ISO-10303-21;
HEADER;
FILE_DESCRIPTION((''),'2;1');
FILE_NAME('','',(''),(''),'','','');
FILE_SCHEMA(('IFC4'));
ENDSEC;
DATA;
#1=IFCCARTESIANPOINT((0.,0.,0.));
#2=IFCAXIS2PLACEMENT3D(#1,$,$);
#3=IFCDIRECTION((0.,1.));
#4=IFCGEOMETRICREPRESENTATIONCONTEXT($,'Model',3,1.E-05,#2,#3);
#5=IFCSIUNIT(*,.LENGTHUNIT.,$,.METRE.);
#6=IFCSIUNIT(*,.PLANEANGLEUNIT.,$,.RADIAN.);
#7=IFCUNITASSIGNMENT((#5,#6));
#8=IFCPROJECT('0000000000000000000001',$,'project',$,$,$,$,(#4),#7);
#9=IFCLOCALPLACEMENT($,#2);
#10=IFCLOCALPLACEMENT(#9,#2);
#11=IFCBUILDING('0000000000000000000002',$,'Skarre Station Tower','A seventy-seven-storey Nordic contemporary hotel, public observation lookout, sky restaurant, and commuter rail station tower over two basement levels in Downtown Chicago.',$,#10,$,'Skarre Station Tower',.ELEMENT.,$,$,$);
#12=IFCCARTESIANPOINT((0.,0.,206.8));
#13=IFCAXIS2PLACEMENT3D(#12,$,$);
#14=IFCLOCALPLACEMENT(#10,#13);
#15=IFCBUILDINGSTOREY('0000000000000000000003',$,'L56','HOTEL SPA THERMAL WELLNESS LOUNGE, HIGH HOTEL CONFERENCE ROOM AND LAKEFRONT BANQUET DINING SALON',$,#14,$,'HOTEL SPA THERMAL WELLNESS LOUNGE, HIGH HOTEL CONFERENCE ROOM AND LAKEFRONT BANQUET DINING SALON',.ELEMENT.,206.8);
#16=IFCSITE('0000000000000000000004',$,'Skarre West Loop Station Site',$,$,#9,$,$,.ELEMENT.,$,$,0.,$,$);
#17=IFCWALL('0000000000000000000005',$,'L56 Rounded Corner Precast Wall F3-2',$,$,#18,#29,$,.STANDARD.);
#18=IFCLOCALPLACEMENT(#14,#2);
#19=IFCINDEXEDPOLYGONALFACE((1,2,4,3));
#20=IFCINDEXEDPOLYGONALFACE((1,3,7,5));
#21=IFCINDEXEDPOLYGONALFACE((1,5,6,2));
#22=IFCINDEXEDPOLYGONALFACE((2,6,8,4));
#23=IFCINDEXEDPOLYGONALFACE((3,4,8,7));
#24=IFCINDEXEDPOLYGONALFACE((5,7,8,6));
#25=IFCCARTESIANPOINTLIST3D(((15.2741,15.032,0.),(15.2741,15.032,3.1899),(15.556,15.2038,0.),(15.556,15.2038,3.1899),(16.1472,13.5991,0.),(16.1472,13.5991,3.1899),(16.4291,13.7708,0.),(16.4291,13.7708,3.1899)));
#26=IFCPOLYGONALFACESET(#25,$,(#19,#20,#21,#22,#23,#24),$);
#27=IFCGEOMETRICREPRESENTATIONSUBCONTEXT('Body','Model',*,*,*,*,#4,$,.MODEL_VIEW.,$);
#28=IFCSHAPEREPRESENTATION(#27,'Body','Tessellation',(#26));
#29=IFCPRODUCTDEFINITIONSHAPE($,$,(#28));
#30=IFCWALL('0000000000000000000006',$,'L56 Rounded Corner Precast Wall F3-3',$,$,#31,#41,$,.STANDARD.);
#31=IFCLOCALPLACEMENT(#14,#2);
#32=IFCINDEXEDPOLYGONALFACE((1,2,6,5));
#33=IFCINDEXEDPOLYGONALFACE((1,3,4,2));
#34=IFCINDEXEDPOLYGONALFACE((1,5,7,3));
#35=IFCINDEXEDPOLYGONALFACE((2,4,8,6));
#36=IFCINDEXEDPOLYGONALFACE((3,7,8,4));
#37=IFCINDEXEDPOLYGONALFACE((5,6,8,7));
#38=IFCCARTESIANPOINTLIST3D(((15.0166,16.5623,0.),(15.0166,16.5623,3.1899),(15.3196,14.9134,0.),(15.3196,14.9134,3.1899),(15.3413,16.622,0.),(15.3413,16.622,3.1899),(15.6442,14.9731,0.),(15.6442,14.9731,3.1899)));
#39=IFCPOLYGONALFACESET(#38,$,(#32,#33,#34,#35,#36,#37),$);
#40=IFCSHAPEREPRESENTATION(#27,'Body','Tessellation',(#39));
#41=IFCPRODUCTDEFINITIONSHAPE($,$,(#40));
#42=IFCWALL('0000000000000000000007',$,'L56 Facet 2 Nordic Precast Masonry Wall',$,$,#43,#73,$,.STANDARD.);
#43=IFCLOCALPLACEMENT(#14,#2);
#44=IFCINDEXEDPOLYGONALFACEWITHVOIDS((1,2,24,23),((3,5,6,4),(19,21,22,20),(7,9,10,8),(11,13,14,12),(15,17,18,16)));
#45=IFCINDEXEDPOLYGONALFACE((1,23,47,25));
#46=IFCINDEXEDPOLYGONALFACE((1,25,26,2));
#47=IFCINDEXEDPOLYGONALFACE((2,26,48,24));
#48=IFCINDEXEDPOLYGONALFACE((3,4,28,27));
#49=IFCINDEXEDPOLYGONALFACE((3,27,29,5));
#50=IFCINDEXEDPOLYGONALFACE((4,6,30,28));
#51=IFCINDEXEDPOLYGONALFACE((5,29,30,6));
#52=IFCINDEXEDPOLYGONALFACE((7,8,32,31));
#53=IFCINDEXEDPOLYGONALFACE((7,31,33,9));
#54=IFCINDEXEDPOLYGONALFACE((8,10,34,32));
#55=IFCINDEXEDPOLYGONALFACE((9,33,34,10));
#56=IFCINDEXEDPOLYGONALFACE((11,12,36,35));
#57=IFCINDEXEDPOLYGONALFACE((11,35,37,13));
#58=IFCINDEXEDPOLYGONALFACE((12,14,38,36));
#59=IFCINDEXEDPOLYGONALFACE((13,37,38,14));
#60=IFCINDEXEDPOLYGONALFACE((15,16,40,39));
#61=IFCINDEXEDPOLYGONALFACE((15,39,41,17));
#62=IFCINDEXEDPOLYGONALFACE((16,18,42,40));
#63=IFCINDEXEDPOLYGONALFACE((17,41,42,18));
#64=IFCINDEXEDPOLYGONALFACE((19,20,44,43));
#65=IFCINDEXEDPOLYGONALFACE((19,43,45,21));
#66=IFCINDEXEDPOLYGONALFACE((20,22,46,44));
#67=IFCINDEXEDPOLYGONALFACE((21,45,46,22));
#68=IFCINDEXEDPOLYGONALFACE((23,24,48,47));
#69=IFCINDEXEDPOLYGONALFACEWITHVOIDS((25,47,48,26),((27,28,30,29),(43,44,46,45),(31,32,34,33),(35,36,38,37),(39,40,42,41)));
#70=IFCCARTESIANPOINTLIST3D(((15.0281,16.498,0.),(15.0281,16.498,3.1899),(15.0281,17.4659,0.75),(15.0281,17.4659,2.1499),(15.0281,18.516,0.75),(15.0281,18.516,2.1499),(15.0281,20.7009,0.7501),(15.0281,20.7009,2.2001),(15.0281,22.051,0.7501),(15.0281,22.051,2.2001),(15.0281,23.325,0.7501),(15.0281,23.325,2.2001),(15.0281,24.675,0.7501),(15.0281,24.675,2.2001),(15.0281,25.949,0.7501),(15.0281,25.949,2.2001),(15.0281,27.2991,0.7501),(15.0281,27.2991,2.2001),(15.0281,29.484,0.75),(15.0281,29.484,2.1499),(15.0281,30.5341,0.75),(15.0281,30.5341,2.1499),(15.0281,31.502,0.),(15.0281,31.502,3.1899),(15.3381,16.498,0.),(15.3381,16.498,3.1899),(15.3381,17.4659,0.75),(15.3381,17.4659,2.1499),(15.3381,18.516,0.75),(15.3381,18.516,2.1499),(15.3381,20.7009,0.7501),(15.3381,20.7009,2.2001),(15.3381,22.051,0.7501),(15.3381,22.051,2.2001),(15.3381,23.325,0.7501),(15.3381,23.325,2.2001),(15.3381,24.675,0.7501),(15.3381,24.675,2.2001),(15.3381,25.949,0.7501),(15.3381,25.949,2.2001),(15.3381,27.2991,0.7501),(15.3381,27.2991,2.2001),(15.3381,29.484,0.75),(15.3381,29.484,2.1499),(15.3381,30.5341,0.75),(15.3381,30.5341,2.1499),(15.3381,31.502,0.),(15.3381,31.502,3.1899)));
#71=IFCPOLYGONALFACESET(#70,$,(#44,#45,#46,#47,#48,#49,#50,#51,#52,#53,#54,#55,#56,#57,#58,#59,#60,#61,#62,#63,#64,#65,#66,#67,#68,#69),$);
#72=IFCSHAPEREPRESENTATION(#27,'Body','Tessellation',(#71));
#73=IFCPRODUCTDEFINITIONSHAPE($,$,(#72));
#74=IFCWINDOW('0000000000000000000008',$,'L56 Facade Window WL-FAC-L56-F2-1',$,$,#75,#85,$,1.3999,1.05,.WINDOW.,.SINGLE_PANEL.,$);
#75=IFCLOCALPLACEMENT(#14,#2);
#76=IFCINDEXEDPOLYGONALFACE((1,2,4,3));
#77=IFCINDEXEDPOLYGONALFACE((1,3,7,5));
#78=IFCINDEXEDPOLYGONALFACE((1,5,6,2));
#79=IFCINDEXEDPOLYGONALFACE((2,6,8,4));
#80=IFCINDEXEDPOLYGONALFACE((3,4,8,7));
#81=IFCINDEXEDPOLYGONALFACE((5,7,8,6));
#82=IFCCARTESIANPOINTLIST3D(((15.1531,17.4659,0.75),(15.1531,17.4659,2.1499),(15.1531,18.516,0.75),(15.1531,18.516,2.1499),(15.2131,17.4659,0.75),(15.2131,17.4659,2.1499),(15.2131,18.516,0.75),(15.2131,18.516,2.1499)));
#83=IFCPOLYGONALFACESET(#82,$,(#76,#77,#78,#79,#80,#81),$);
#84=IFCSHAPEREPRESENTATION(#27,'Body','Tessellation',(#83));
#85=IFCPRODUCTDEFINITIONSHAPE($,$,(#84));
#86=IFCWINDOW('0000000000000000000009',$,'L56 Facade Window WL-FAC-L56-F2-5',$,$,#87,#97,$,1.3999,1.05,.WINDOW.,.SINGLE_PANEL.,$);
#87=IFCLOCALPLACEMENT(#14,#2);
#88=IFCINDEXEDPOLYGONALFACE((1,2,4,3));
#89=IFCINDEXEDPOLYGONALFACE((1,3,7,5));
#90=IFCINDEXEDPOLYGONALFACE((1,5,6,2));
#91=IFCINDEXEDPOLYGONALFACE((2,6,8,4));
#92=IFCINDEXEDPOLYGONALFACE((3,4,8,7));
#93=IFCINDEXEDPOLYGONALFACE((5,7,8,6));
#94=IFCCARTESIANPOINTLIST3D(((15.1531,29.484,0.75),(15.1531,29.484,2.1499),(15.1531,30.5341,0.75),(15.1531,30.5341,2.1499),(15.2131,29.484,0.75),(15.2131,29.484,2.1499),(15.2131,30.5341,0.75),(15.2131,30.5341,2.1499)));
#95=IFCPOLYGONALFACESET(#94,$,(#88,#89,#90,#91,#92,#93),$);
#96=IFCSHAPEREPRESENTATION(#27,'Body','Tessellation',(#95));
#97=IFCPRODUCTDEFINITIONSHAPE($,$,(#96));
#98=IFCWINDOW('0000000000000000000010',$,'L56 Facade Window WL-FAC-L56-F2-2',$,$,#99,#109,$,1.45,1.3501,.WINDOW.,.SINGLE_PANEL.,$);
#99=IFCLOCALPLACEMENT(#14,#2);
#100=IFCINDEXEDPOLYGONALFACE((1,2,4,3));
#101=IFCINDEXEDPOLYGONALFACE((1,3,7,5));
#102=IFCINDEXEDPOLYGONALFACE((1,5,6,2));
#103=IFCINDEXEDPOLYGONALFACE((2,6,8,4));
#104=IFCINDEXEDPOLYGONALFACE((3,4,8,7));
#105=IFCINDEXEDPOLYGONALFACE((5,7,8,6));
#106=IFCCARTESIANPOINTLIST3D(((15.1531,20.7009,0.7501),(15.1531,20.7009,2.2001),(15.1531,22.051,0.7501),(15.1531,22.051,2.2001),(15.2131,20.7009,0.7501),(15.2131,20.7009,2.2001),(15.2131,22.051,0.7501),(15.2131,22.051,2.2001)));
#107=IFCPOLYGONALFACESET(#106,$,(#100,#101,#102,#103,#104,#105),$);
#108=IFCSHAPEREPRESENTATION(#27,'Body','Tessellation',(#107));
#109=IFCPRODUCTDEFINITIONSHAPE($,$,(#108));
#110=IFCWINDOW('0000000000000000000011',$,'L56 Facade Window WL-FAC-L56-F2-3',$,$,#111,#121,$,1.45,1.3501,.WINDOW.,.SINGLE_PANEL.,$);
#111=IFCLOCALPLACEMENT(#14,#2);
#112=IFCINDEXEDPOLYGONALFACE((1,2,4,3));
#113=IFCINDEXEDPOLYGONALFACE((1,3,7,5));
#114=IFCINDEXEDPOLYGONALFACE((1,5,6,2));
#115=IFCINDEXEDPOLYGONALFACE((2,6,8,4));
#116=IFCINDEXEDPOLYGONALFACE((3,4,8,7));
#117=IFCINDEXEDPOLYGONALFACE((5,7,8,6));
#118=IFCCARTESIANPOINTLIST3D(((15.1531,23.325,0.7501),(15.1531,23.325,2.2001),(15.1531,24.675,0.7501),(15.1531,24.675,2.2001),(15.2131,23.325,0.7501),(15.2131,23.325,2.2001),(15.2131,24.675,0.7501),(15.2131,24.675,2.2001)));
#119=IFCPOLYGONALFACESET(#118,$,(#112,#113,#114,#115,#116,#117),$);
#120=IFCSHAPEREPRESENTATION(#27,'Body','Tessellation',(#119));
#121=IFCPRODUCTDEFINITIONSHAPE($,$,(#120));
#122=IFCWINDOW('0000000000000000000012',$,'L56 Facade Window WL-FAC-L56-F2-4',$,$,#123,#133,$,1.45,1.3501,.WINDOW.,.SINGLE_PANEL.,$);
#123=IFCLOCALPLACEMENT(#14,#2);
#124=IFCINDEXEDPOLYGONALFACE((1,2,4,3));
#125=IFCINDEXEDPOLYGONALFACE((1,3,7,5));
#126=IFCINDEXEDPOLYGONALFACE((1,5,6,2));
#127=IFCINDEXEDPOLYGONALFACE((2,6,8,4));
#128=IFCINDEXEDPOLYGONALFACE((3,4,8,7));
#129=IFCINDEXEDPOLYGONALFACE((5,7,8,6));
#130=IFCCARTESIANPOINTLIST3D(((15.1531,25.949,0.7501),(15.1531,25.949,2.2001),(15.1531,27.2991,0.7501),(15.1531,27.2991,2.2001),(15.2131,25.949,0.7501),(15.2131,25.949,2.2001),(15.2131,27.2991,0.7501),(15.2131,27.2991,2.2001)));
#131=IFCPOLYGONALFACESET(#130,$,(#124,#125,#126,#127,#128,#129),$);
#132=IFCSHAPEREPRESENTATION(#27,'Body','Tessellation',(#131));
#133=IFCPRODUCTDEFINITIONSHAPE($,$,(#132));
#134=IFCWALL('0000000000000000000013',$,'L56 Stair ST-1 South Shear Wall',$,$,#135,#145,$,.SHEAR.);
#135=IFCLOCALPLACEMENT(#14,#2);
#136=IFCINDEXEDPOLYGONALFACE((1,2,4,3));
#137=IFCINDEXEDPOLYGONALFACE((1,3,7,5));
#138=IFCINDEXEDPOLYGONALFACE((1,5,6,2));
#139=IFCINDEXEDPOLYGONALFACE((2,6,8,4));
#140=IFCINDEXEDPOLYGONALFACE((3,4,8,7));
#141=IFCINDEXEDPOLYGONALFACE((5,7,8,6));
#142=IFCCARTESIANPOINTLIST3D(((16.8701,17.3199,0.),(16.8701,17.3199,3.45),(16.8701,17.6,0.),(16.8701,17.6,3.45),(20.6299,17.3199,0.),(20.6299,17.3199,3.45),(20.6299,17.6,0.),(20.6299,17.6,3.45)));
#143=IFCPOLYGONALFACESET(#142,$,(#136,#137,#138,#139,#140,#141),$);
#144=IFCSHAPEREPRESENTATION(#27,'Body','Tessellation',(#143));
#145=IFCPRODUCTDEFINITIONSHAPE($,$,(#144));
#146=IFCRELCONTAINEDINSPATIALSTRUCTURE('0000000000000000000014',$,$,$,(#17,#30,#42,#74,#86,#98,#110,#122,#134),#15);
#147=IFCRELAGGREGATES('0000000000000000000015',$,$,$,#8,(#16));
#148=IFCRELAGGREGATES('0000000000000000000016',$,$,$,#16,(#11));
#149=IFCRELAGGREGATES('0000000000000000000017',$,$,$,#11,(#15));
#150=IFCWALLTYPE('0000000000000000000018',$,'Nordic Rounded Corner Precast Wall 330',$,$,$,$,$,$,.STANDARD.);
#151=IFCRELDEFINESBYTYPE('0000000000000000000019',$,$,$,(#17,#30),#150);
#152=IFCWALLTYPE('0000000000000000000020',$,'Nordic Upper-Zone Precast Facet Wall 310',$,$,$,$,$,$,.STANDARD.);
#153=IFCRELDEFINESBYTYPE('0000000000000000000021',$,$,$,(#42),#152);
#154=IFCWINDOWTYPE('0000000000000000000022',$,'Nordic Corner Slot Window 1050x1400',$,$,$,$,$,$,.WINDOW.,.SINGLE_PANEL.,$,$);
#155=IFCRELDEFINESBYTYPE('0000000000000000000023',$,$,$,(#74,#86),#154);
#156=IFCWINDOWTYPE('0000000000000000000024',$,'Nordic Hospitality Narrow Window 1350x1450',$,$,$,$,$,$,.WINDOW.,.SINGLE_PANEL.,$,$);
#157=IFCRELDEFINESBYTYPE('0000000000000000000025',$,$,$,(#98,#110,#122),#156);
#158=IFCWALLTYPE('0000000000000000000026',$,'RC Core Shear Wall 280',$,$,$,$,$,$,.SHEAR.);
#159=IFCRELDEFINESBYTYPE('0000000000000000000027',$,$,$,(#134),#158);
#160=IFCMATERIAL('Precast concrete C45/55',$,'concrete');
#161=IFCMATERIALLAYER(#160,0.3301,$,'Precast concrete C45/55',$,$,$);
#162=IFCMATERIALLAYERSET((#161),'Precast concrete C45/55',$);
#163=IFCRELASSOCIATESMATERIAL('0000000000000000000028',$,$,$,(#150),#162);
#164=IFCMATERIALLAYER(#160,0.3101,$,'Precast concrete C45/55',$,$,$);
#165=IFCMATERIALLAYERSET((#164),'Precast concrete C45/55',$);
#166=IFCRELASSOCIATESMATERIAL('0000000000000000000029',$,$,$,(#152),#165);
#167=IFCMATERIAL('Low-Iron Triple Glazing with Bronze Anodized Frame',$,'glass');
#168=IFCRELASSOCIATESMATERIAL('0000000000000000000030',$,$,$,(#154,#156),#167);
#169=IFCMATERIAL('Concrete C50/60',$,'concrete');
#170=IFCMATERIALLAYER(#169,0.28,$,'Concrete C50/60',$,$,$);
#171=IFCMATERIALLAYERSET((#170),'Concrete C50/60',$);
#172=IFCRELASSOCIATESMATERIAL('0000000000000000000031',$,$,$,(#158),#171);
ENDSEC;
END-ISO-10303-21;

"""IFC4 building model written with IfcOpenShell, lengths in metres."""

from ifc_helpers import new_model, si_unit, direction, frame, frame_2d, origin, place, context, subcontext, project, spatial, rectangle, extrude, material, layer, layer_set, type_object, element, fill, save


model = new_model("IFC4")

# Units and contexts
model_context = context("Model", 3, precision=1e-05, world=origin(), true_north=direction((0.0, 1.0)))
body_context = subcontext(model_context, "Body", "Model", "MODEL_VIEW")
ifc_project = project(units=[si_unit("LENGTHUNIT", "METRE"), si_unit("PLANEANGLEUNIT", "RADIAN")], contexts=[model_context])

# Site, building, storey
site_placement = place(None, origin())
site = spatial("IfcSite", under=ifc_project, at=site_placement, Name="Skarre West Loop Station Site", CompositionType="ELEMENT", RefElevation=0.0)
building_placement = place(site_placement, origin())
building = spatial("IfcBuilding", under=site, at=building_placement, Name="Skarre Station Tower", Description="A seventy-seven-storey Nordic contemporary hotel, public observation lookout, sky restaurant, and commuter rail station tower over two basement levels in Downtown Chicago.", LongName="Skarre Station Tower", CompositionType="ELEMENT")
storey_placement = place(building_placement, frame((0.0, 0.0, 206.8)))
storey = spatial("IfcBuildingStorey", under=building, at=storey_placement, Name="L56", Description="HOTEL SPA THERMAL WELLNESS LOUNGE, HIGH HOTEL CONFERENCE ROOM AND LAKEFRONT BANQUET DINING SALON", LongName="HOTEL SPA THERMAL WELLNESS LOUNGE, HIGH HOTEL CONFERENCE ROOM AND LAKEFRONT BANQUET DINING SALON", CompositionType="ELEMENT", Elevation=206.8)

# Shared definitions
ifc_material_1 = material(Name="Concrete C50/60", Category="concrete")

# Walls
ifc_material_2 = material(Name="Precast concrete C45/55", Category="concrete")
ifc_layer_1 = layer(ifc_material_2, 0.3301, Name="Precast concrete C45/55")
ifc_layer_set_1 = layer_set([ifc_layer_1], Name="Precast concrete C45/55")
wall_type_1 = type_object("IfcWallType", Name="Nordic Rounded Corner Precast Wall 330", PredefinedType="STANDARD", material=ifc_layer_set_1)
wall_1_placement = place(storey_placement, frame((16.2881, 13.6851, 0.0), z_axis=(0.0, 0.0, 1.0), x_axis=(-0.520325, 0.853968, 0.0)))
element("IfcWall", 1, at=wall_1_placement, inside=storey, type_object=wall_type_1, Name="L56 Rounded Corner Precast Wall F3-2", PredefinedType="STANDARD", context=body_context, shape_type="SweptSolid", body=[
    extrude(rectangle(XDim=1.678, YDim=0.3301, at=frame_2d((0.8389, 0.0))), origin(), (0.0, 0.0, 1.0), 3.1899),
])
wall_2_placement = place(storey_placement, frame((15.4819, 14.9431, 0.0), z_axis=(0.0, 0.0, 1.0), x_axis=(-0.180718, 0.983535, 0.0)))
element("IfcWall", 2, at=wall_2_placement, inside=storey, type_object=wall_type_1, Name="L56 Rounded Corner Precast Wall F3-3", PredefinedType="STANDARD", context=body_context, shape_type="SweptSolid", body=[
    extrude(rectangle(XDim=1.6765, YDim=0.3301, at=frame_2d((0.8384, 0.0))), origin(), (0.0, 0.0, 1.0), 3.1899),
])

# Wall, openings, windows
ifc_layer_2 = layer(ifc_material_2, 0.3101, Name="Precast concrete C45/55")
ifc_layer_set_2 = layer_set([ifc_layer_2], Name="Precast concrete C45/55")
wall_type_2 = type_object("IfcWallType", Name="Nordic Upper-Zone Precast Facet Wall 310", PredefinedType="STANDARD", material=ifc_layer_set_2)
wall_3_placement = place(storey_placement, frame((15.1831, 16.498, 0.0), z_axis=(0.0, 0.0, 1.0), x_axis=(0.0, 1.0, 0.0)))
wall_3 = element("IfcWall", 3, at=wall_3_placement, inside=storey, type_object=wall_type_2, Name="L56 Facet 2 Nordic Precast Masonry Wall", PredefinedType="STANDARD", context=body_context, shape_type="SweptSolid", body=[
    extrude(rectangle(XDim=15.0039, YDim=0.3101, at=frame_2d((7.502, 0.0))), origin(), (0.0, 0.0, 1.0), 3.1899),
])
opening_1_placement = place(wall_3_placement, frame((0.968, 0.0, 0.75)))
opening_1 = element("IfcOpeningElement", 4, at=opening_1_placement, cuts=wall_3, PredefinedType="OPENING", context=body_context, shape_type="SweptSolid", body=[
    extrude(rectangle(XDim=1.05, YDim=1.3999, at=frame_2d((0.5249, 0.7))), frame((0.0, 0.165, 0.0), z_axis=(0.0, -1.0, 0.0), x_axis=(1.0, 0.0, 0.0)), (0.0, 0.0, 1.0), 0.3301),
])
opening_2_placement = place(wall_3_placement, frame((4.2029, 0.0, 0.75)))
opening_2 = element("IfcOpeningElement", 5, at=opening_2_placement, cuts=wall_3, PredefinedType="OPENING", context=body_context, shape_type="SweptSolid", body=[
    extrude(rectangle(XDim=1.3501, YDim=1.45, at=frame_2d((0.675, 0.7251))), frame((0.0, 0.165, 0.0), z_axis=(0.0, -1.0, 0.0), x_axis=(1.0, 0.0, 0.0)), (0.0, 0.0, 1.0), 0.3301),
])
opening_3_placement = place(wall_3_placement, frame((6.8269, 0.0, 0.75)))
opening_3 = element("IfcOpeningElement", 6, at=opening_3_placement, cuts=wall_3, PredefinedType="OPENING", context=body_context, shape_type="SweptSolid", body=[
    extrude(rectangle(XDim=1.3501, YDim=1.45, at=frame_2d((0.675, 0.7251))), frame((0.0, 0.165, 0.0), z_axis=(0.0, -1.0, 0.0), x_axis=(1.0, 0.0, 0.0)), (0.0, 0.0, 1.0), 0.3301),
])
opening_4_placement = place(wall_3_placement, frame((9.4509, 0.0, 0.75)))
opening_4 = element("IfcOpeningElement", 7, at=opening_4_placement, cuts=wall_3, PredefinedType="OPENING", context=body_context, shape_type="SweptSolid", body=[
    extrude(rectangle(XDim=1.3501, YDim=1.45, at=frame_2d((0.675, 0.7251))), frame((0.0, 0.165, 0.0), z_axis=(0.0, -1.0, 0.0), x_axis=(1.0, 0.0, 0.0)), (0.0, 0.0, 1.0), 0.3301),
])
opening_5_placement = place(wall_3_placement, frame((12.9861, 0.0, 0.75)))
opening_5 = element("IfcOpeningElement", 8, at=opening_5_placement, cuts=wall_3, PredefinedType="OPENING", context=body_context, shape_type="SweptSolid", body=[
    extrude(rectangle(XDim=1.05, YDim=1.3999, at=frame_2d((0.5249, 0.7))), frame((0.0, 0.165, 0.0), z_axis=(0.0, -1.0, 0.0), x_axis=(1.0, 0.0, 0.0)), (0.0, 0.0, 1.0), 0.3301),
])
ifc_material_3 = material(Name="Low-Iron Triple Glazing with Bronze Anodized Frame", Category="glass")
window_type_1 = type_object("IfcWindowType", Name="Nordic Corner Slot Window 1050x1400", PartitioningType="SINGLE_PANEL", PredefinedType="WINDOW", material=ifc_material_3)
window_1_placement = place(opening_1_placement, origin())
window_1 = element("IfcWindow", 9, at=window_1_placement, inside=storey, type_object=window_type_1, Name="L56 Facade Window WL-FAC-L56-F2-1", OverallHeight=1.3999, OverallWidth=1.05, PartitioningType="SINGLE_PANEL", PredefinedType="WINDOW", context=body_context, shape_type="SweptSolid", body=[
    extrude(rectangle(XDim=1.05, YDim=1.3999, at=frame_2d((0.5249, 0.7))), frame((0.0, 0.03, 0.0), z_axis=(0.0, -1.0, 0.0), x_axis=(1.0, 0.0, 0.0)), (0.0, 0.0, 1.0), 0.0601),
])
fill(opening_1, window_1)
window_2_placement = place(opening_5_placement, origin())
window_2 = element("IfcWindow", 10, at=window_2_placement, inside=storey, type_object=window_type_1, Name="L56 Facade Window WL-FAC-L56-F2-5", OverallHeight=1.3999, OverallWidth=1.05, PartitioningType="SINGLE_PANEL", PredefinedType="WINDOW", context=body_context, shape_type="SweptSolid", body=[
    extrude(rectangle(XDim=1.05, YDim=1.3999, at=frame_2d((0.5249, 0.7))), frame((0.0, 0.03, 0.0), z_axis=(0.0, -1.0, 0.0), x_axis=(1.0, 0.0, 0.0)), (0.0, 0.0, 1.0), 0.0601),
])
fill(opening_5, window_2)
window_type_2 = type_object("IfcWindowType", Name="Nordic Hospitality Narrow Window 1350x1450", PartitioningType="SINGLE_PANEL", PredefinedType="WINDOW", material=ifc_material_3)
window_3_placement = place(opening_2_placement, origin())
window_3 = element("IfcWindow", 11, at=window_3_placement, inside=storey, type_object=window_type_2, Name="L56 Facade Window WL-FAC-L56-F2-2", OverallHeight=1.45, OverallWidth=1.3501, PartitioningType="SINGLE_PANEL", PredefinedType="WINDOW", context=body_context, shape_type="SweptSolid", body=[
    extrude(rectangle(XDim=1.3501, YDim=1.45, at=frame_2d((0.675, 0.7251))), frame((0.0, 0.03, 0.0), z_axis=(0.0, -1.0, 0.0), x_axis=(1.0, 0.0, 0.0)), (0.0, 0.0, 1.0), 0.0601),
])
fill(opening_2, window_3)
window_4_placement = place(opening_3_placement, origin())
window_4 = element("IfcWindow", 12, at=window_4_placement, inside=storey, type_object=window_type_2, Name="L56 Facade Window WL-FAC-L56-F2-3", OverallHeight=1.45, OverallWidth=1.3501, PartitioningType="SINGLE_PANEL", PredefinedType="WINDOW", context=body_context, shape_type="SweptSolid", body=[
    extrude(rectangle(XDim=1.3501, YDim=1.45, at=frame_2d((0.675, 0.7251))), frame((0.0, 0.03, 0.0), z_axis=(0.0, -1.0, 0.0), x_axis=(1.0, 0.0, 0.0)), (0.0, 0.0, 1.0), 0.0601),
])
fill(opening_3, window_4)
window_5_placement = place(opening_4_placement, origin())
window_5 = element("IfcWindow", 13, at=window_5_placement, inside=storey, type_object=window_type_2, Name="L56 Facade Window WL-FAC-L56-F2-4", OverallHeight=1.45, OverallWidth=1.3501, PartitioningType="SINGLE_PANEL", PredefinedType="WINDOW", context=body_context, shape_type="SweptSolid", body=[
    extrude(rectangle(XDim=1.3501, YDim=1.45, at=frame_2d((0.675, 0.7251))), frame((0.0, 0.03, 0.0), z_axis=(0.0, -1.0, 0.0), x_axis=(1.0, 0.0, 0.0)), (0.0, 0.0, 1.0), 0.0601),
])
fill(opening_4, window_5)

# Wall
ifc_layer_3 = layer(ifc_material_1, 0.28, Name="Concrete C50/60")
ifc_layer_set_3 = layer_set([ifc_layer_3], Name="Concrete C50/60")
wall_type_3 = type_object("IfcWallType", Name="RC Core Shear Wall 280", PredefinedType="SHEAR", material=ifc_layer_set_3)
wall_4_placement = place(storey_placement, frame((16.8701, 17.46, 0.0), z_axis=(0.0, 0.0, 1.0), x_axis=(1.0, 0.0, 0.0)))
element("IfcWall", 14, at=wall_4_placement, inside=storey, type_object=wall_type_3, Name="L56 Stair ST-1 South Shear Wall", PredefinedType="SHEAR", context=body_context, shape_type="SweptSolid", body=[
    extrude(rectangle(XDim=3.7598, YDim=0.28, at=frame_2d((1.8799, 0.0))), origin(), (0.0, 0.0, 1.0), 3.45),
])

save(model, "model.ifc")
